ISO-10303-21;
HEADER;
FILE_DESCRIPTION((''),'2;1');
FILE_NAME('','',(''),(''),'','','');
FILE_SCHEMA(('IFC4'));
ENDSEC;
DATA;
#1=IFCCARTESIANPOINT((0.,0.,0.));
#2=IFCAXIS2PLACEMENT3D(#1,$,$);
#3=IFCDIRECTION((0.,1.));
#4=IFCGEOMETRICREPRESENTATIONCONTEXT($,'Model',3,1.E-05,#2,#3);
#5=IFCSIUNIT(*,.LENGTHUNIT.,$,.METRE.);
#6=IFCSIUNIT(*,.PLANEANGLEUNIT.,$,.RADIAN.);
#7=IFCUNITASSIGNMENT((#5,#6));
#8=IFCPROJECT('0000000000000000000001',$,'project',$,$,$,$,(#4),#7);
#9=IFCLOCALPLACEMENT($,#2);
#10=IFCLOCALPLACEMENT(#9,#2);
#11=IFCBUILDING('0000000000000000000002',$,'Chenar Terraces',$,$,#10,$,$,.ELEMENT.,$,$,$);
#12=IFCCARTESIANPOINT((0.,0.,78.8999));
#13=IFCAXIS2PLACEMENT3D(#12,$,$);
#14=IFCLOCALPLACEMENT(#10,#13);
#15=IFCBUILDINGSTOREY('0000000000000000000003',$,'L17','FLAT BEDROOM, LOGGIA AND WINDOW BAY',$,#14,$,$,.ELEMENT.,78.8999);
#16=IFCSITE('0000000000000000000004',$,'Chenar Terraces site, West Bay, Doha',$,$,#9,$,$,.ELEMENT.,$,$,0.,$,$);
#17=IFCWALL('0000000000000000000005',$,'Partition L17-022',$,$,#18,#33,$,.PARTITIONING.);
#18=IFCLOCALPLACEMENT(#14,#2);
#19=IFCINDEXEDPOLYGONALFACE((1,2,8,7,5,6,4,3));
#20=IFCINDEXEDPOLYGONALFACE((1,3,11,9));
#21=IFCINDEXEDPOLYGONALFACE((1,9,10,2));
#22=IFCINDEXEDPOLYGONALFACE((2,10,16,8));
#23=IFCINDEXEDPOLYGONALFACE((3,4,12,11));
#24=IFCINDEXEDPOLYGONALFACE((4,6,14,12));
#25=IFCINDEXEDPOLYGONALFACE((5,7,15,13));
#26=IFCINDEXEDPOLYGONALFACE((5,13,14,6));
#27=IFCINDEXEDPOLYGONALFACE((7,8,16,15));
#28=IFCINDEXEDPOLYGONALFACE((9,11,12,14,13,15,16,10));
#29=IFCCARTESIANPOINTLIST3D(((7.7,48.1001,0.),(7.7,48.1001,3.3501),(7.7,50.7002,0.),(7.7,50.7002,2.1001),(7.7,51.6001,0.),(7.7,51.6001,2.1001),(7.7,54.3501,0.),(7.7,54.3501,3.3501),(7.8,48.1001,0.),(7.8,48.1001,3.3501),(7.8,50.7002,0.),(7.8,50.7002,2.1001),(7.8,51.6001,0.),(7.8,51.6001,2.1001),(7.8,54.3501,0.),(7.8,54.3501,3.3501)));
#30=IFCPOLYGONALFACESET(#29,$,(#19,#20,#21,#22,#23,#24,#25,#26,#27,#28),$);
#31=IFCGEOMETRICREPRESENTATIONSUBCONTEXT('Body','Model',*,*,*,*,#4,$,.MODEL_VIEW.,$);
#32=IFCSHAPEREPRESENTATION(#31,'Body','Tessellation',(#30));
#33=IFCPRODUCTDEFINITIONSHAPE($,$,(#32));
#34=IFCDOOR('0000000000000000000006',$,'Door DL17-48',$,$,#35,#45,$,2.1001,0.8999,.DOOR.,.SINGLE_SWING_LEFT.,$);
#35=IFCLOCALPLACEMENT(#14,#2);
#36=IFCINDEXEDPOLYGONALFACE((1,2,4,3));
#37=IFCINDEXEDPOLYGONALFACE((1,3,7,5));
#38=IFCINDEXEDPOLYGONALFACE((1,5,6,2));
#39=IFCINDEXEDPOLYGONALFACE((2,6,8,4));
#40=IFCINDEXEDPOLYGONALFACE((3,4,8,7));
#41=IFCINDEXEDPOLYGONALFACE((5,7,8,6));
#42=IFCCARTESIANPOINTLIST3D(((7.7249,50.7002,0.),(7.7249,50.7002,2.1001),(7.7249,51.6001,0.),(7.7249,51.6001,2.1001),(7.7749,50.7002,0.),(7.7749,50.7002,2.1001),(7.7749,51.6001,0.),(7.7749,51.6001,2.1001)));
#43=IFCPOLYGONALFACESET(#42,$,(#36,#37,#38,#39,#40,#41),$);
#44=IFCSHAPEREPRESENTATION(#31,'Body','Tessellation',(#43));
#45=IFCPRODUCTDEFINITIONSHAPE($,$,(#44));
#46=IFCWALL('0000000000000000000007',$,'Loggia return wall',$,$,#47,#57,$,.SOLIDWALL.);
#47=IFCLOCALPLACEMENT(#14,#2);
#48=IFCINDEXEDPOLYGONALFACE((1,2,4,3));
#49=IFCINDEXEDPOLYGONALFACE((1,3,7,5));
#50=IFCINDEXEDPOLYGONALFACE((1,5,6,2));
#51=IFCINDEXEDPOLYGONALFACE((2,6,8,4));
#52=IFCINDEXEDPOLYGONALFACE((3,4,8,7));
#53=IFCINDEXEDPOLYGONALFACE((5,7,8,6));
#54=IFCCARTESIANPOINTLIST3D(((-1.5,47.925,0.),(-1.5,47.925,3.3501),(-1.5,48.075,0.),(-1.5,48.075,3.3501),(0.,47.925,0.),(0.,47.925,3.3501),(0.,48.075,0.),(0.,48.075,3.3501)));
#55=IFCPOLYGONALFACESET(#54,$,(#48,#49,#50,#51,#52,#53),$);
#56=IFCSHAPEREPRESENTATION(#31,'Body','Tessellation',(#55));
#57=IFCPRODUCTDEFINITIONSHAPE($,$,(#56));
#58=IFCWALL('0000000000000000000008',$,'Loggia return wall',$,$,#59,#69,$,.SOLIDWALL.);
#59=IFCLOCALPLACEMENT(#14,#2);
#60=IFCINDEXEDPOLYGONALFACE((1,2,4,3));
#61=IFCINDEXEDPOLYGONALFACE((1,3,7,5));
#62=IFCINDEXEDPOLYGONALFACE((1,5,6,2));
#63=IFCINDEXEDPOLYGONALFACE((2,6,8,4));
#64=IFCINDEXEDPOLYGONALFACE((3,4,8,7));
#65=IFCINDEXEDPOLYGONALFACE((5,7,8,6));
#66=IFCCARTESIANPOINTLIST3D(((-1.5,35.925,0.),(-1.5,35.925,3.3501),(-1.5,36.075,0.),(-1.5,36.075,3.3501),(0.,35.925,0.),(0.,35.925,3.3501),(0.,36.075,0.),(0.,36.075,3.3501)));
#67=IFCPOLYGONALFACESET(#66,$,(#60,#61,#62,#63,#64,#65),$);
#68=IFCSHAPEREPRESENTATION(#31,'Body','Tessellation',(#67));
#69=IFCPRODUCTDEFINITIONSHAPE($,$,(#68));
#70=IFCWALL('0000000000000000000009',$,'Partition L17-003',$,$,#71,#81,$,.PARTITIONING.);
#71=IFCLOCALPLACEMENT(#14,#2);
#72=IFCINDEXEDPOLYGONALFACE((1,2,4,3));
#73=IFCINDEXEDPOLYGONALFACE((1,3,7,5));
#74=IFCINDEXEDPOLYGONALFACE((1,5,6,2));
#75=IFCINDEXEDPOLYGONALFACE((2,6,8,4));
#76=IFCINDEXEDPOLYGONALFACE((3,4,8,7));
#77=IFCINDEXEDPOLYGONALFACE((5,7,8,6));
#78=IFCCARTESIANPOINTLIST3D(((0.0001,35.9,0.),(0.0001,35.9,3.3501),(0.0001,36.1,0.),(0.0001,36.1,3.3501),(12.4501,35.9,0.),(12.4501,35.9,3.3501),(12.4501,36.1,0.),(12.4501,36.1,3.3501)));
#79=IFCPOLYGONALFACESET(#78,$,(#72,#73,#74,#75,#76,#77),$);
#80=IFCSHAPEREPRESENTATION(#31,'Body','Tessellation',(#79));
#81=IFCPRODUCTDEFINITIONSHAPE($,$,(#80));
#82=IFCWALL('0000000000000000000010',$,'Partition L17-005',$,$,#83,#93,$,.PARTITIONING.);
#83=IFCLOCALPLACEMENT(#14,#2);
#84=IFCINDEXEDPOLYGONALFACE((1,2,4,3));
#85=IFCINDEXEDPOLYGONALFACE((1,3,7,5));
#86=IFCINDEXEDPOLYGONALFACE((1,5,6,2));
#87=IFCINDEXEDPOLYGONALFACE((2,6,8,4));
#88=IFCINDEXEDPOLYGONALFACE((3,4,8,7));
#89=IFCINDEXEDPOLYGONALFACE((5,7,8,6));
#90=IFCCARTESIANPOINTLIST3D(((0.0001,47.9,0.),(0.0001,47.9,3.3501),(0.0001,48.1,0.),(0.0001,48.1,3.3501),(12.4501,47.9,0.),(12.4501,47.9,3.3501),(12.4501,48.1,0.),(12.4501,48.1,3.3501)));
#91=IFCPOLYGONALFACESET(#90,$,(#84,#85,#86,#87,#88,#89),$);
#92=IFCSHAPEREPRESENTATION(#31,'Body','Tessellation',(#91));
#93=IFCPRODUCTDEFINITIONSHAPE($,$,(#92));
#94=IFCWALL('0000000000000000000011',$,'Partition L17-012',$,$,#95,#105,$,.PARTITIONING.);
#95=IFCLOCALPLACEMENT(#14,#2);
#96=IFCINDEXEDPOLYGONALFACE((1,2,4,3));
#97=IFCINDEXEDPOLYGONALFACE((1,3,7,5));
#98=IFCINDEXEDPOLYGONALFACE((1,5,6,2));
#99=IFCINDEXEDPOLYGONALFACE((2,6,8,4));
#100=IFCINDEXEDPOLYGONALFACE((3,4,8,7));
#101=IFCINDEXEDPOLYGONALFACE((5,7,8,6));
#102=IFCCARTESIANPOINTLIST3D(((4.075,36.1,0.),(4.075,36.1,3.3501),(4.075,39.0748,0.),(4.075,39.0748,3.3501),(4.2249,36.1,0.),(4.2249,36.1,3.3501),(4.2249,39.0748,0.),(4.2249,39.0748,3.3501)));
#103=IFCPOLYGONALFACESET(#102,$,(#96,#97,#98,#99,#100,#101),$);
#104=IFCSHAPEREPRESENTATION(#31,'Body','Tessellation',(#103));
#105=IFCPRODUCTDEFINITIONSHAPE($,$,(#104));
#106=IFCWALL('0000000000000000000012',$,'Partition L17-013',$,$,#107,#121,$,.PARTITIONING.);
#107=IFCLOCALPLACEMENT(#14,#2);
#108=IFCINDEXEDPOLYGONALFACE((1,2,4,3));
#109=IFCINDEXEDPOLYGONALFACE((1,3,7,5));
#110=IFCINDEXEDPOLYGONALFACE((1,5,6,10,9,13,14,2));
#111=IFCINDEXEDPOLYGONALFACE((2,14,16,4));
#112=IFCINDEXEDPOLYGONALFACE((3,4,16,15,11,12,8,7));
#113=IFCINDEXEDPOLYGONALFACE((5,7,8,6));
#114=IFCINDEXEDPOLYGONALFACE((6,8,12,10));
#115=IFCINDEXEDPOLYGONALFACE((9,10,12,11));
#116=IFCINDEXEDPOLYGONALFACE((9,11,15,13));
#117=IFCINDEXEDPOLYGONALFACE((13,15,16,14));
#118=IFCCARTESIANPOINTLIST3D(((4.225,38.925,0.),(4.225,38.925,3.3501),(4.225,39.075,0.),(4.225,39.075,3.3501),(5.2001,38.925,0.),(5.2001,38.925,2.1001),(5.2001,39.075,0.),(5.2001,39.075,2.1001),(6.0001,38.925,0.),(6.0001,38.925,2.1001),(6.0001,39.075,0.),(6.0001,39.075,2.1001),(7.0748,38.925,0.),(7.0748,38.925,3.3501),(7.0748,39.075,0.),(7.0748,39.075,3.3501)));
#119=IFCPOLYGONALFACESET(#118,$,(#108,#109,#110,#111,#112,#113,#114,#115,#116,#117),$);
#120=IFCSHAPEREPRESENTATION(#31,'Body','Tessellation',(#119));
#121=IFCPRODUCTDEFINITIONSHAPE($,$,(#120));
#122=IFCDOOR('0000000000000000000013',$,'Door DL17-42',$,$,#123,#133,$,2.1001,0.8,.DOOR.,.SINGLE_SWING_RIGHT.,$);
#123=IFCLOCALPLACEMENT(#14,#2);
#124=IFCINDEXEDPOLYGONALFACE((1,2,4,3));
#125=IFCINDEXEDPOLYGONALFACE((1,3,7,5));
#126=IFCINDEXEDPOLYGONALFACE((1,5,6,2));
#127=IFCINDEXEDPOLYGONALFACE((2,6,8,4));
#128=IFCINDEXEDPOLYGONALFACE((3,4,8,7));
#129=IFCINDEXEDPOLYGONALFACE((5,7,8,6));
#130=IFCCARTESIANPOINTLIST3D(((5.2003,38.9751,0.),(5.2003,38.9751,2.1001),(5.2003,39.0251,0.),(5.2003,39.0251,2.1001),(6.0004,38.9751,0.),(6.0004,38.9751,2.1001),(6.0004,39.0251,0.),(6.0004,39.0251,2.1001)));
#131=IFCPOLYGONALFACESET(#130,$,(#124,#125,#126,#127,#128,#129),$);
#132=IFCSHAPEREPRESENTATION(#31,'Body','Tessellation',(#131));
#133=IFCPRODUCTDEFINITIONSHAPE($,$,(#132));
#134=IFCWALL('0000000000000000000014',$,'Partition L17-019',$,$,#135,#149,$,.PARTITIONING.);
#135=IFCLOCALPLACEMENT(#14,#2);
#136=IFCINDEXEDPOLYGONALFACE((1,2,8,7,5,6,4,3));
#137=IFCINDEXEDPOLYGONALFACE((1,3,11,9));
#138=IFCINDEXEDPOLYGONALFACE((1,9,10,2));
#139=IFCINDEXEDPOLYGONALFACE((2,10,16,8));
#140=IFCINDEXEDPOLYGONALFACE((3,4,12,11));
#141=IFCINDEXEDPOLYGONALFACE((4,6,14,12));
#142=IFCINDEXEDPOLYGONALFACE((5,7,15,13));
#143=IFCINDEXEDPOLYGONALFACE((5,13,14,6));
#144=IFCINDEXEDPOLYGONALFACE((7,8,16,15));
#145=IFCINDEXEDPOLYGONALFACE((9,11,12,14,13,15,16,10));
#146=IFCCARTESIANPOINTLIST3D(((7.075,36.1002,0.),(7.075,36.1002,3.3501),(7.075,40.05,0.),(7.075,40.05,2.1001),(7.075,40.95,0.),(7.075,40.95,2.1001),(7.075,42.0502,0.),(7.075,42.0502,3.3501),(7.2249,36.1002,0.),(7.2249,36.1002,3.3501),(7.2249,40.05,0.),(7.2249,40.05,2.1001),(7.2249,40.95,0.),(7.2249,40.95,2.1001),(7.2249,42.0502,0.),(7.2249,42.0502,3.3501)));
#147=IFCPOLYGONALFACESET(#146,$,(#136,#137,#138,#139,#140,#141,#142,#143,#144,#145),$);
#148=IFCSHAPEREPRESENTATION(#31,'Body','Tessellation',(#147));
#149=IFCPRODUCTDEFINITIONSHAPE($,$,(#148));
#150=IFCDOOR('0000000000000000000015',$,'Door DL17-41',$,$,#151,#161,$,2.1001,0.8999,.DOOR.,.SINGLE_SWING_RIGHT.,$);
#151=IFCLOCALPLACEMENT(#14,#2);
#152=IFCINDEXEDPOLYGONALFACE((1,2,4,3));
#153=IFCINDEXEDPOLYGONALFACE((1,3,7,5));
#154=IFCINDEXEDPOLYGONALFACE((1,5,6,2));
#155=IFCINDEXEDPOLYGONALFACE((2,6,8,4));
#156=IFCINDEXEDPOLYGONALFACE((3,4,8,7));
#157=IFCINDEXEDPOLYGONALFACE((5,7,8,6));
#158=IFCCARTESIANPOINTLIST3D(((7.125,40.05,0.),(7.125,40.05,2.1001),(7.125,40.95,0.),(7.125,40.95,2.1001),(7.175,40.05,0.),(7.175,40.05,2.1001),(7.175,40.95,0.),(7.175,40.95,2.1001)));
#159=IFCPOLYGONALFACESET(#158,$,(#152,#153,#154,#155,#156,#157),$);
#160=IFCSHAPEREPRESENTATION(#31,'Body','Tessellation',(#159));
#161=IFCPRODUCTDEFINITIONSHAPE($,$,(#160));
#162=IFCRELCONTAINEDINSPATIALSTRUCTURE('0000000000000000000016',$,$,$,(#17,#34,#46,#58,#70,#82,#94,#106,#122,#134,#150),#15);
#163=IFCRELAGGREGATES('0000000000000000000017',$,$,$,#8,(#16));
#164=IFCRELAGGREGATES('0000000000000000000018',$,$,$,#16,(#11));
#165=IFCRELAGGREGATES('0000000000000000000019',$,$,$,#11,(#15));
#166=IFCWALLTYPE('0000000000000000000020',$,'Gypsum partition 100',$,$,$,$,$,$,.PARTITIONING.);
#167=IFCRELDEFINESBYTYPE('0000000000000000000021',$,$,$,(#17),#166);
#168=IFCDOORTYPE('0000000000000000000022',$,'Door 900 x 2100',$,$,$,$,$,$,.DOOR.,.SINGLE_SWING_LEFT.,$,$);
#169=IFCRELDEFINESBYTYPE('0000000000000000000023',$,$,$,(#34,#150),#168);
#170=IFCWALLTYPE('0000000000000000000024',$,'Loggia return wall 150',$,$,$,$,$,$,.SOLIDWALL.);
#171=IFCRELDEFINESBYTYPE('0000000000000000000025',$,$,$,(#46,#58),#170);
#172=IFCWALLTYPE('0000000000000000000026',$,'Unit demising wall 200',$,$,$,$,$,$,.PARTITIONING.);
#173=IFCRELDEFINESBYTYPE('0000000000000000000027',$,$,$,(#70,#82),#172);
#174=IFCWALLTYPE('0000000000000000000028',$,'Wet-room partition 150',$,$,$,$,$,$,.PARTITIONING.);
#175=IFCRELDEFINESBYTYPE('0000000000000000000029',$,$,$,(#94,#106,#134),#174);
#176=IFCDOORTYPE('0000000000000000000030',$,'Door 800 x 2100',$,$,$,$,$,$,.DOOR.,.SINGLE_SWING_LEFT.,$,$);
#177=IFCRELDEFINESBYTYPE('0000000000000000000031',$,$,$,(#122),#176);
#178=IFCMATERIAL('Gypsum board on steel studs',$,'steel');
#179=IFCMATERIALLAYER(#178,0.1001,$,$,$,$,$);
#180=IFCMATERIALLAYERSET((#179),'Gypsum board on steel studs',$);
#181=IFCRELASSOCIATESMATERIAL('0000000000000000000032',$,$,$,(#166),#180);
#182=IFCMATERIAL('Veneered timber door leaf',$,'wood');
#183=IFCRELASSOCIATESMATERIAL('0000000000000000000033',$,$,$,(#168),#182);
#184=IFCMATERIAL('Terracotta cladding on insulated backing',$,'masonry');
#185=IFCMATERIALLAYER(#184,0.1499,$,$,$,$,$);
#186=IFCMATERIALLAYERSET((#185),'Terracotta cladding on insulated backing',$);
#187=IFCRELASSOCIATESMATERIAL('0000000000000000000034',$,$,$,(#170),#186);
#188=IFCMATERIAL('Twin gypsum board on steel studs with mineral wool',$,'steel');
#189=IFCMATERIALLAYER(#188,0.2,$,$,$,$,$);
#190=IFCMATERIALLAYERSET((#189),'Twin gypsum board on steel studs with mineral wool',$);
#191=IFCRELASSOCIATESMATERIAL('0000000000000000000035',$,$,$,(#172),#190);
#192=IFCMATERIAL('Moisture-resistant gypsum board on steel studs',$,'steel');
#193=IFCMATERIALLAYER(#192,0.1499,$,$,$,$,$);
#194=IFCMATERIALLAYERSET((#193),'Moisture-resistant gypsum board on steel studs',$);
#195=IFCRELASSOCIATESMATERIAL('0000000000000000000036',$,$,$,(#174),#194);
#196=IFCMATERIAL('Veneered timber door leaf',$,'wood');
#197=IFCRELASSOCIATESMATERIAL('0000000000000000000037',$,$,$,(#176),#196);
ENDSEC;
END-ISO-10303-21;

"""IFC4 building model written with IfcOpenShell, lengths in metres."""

from ifc_helpers import new_model, si_unit, direction, frame, frame_2d, origin, place, context, subcontext, project, spatial, rectangle, extrude, material, layer, layer_set, type_object, element, fill, save


model = new_model("IFC4")

# Units and contexts
model_context = context("Model", 3, precision=1e-05, world=origin(), true_north=direction((0.0, 1.0)))
body_context = subcontext(model_context, "Body", "Model", "MODEL_VIEW")
ifc_project = project(units=[si_unit("LENGTHUNIT", "METRE"), si_unit("PLANEANGLEUNIT", "RADIAN")], contexts=[model_context])

# Site, building, storey
site_placement = place(None, origin())
site = spatial("IfcSite", under=ifc_project, at=site_placement, Name="Chenar Terraces site, West Bay, Doha", CompositionType="ELEMENT", RefElevation=0.0)
building_placement = place(site_placement, origin())
building = spatial("IfcBuilding", under=site, at=building_placement, Name="Chenar Terraces", CompositionType="ELEMENT")
storey_placement = place(building_placement, frame((0.0, 0.0, 78.8999)))
storey = spatial("IfcBuildingStorey", under=building, at=storey_placement, Name="L17", Description="FLAT BEDROOM, LOGGIA AND WINDOW BAY", CompositionType="ELEMENT", Elevation=78.8999)

# Shared definitions
placement = place(storey_placement, frame((0.0, 36.0, 0.0), z_axis=(0.0, 0.0, 1.0), x_axis=(1.0, 0.0, 0.0)))

# Shared definitions
ifc_material_1 = material(Name="Gypsum board on steel studs", Category="steel")
ifc_layer_1 = layer(ifc_material_1, 0.1001)
ifc_layer_set_1 = layer_set([ifc_layer_1], Name="Gypsum board on steel studs")
wall_type_1 = type_object("IfcWallType", Name="Gypsum partition 100", PredefinedType="PARTITIONING", material=ifc_layer_set_1)

# Shared definitions
ifc_material_2 = material(Name="Veneered timber door leaf", Category="wood")
door_type_1 = type_object("IfcDoorType", Name="Door 900 x 2100", OperationType="SINGLE_SWING_LEFT", PredefinedType="DOOR", material=ifc_material_2)

# Wall, opening, door
wall_1_placement = place(storey_placement, frame((7.75, 48.1001, 0.0), z_axis=(0.0, 0.0, 1.0), x_axis=(0.0, 1.0, 0.0)))
wall_1 = element("IfcWall", 1, at=wall_1_placement, inside=storey, type_object=wall_type_1, Name="Partition L17-022", PredefinedType="PARTITIONING", context=body_context, shape_type="SweptSolid", body=[
    extrude(rectangle(XDim=6.25, YDim=0.1001, at=frame_2d((3.125, 0.0))), origin(), (0.0, 0.0, 1.0), 3.3501),
])
opening_1_placement = place(wall_1_placement, frame((2.6001, 0.0, 0.0)))
opening_1 = element("IfcOpeningElement", 2, at=opening_1_placement, cuts=wall_1, PredefinedType="OPENING", context=body_context, shape_type="SweptSolid", body=[
    extrude(rectangle(XDim=0.8999, YDim=2.1001, at=frame_2d((0.45, 1.05))), frame((0.0, 0.0601, 0.0), z_axis=(0.0, -1.0, 0.0), x_axis=(1.0, 0.0, 0.0)), (0.0, 0.0, 1.0), 0.1201),
])
door_1_placement = place(opening_1_placement, frame((0.8999, 0.0, 0.0), z_axis=(0.0, 0.0, 1.0), x_axis=(-1.0, 0.0, 0.0)))
door_1 = element("IfcDoor", 3, at=door_1_placement, inside=storey, type_object=door_type_1, Name="Door DL17-48", OperationType="SINGLE_SWING_LEFT", OverallHeight=2.1001, OverallWidth=0.8999, PredefinedType="DOOR", context=body_context, shape_type="SweptSolid", body=[
    extrude(rectangle(XDim=0.8999, YDim=2.1001, at=frame_2d((0.45, 1.05))), frame((0.0, 0.0249, 0.0), z_axis=(0.0, -1.0, 0.0), x_axis=(1.0, 0.0, 0.0)), (0.0, 0.0, 1.0), 0.05),
])
fill(opening_1, door_1)

# Walls
ifc_material_3 = material(Name="Terracotta cladding on insulated backing", Category="masonry")
ifc_layer_2 = layer(ifc_material_3, 0.1499)
ifc_layer_set_2 = layer_set([ifc_layer_2], Name="Terracotta cladding on insulated backing")
wall_type_2 = type_object("IfcWallType", Name="Loggia return wall 150", PredefinedType="SOLIDWALL", material=ifc_layer_set_2)
for number, where, z_axis, x_axis, name in (
    (4, (-1.5, 48.0, 0.0), (0.0, 0.0, 1.0), (1.0, 0.0, 0.0), "Loggia return wall"),
    (5, (-1.5, 36.0, 0.0), (0.0, 0.0, 1.0), (1.0, 0.0, 0.0), "Loggia return wall"),
):
    element("IfcWall", number, at=place(storey_placement, frame(where, z_axis=z_axis, x_axis=x_axis)), inside=storey, type_object=wall_type_2, Name=name, PredefinedType="SOLIDWALL", context=body_context, shape_type="SweptSolid", body=[
        extrude(rectangle(XDim=1.5, YDim=0.1499, at=frame_2d((0.75, 0.0))), origin(), (0.0, 0.0, 1.0), 3.3501),
    ])
ifc_material_4 = material(Name="Twin gypsum board on steel studs with mineral wool", Category="steel")
ifc_layer_3 = layer(ifc_material_4, 0.2)
ifc_layer_set_3 = layer_set([ifc_layer_3], Name="Twin gypsum board on steel studs with mineral wool")
wall_type_3 = type_object("IfcWallType", Name="Unit demising wall 200", PredefinedType="PARTITIONING", material=ifc_layer_set_3)
element("IfcWall", 6, at=placement, inside=storey, type_object=wall_type_3, Name="Partition L17-003", PredefinedType="PARTITIONING", context=body_context, shape_type="SweptSolid", body=[
    extrude(rectangle(XDim=12.45, YDim=0.2, at=frame_2d((6.2251, 0.0))), origin(), (0.0, 0.0, 1.0), 3.3501),
])
wall_2_placement = place(storey_placement, frame((0.0, 48.0, 0.0), z_axis=(0.0, 0.0, 1.0), x_axis=(1.0, 0.0, 0.0)))
element("IfcWall", 7, at=wall_2_placement, inside=storey, type_object=wall_type_3, Name="Partition L17-005", PredefinedType="PARTITIONING", context=body_context, shape_type="SweptSolid", body=[
    extrude(rectangle(XDim=12.45, YDim=0.2, at=frame_2d((6.2251, 0.0))), origin(), (0.0, 0.0, 1.0), 3.3501),
])
ifc_material_5 = material(Name="Moisture-resistant gypsum board on steel studs", Category="steel")
ifc_layer_4 = layer(ifc_material_5, 0.1499)
ifc_layer_set_4 = layer_set([ifc_layer_4], Name="Moisture-resistant gypsum board on steel studs")
wall_type_4 = type_object("IfcWallType", Name="Wet-room partition 150", PredefinedType="PARTITIONING", material=ifc_layer_set_4)
wall_3_placement = place(storey_placement, frame((4.1499, 36.1001, 0.0), z_axis=(0.0, 0.0, 1.0), x_axis=(0.0, 1.0, 0.0)))
element("IfcWall", 8, at=wall_3_placement, inside=storey, type_object=wall_type_4, Name="Partition L17-012", PredefinedType="PARTITIONING", context=body_context, shape_type="SweptSolid", body=[
    extrude(rectangle(XDim=2.9749, YDim=0.1499, at=frame_2d((1.4873, 0.0))), origin(), (0.0, 0.0, 1.0), 3.3501),
])

# Walls, openings, doors
wall_4_placement = place(storey_placement, frame((4.2251, 39.0, 0.0), z_axis=(0.0, 0.0, 1.0), x_axis=(1.0, 0.0, 0.0)))
wall_4 = element("IfcWall", 9, at=wall_4_placement, inside=storey, type_object=wall_type_4, Name="Partition L17-013", PredefinedType="PARTITIONING", context=body_context, shape_type="SweptSolid", body=[
    extrude(rectangle(XDim=2.8499, YDim=0.1499, at=frame_2d((1.4248, 0.0))), origin(), (0.0, 0.0, 1.0), 3.3501),
])
opening_2_placement = place(wall_4_placement, frame((0.9751, 0.0, 0.0)))
opening_2 = element("IfcOpeningElement", 10, at=opening_2_placement, cuts=wall_4, PredefinedType="OPENING", context=body_context, shape_type="SweptSolid", body=[
    extrude(rectangle(XDim=0.8, YDim=2.1001, at=frame_2d((0.3999, 1.05))), frame((0.0, 0.085, 0.0), z_axis=(0.0, -1.0, 0.0), x_axis=(1.0, 0.0, 0.0)), (0.0, 0.0, 1.0), 0.1699),
])
ifc_material_6 = material(Name="Veneered timber door leaf", Category="wood")
door_type_2 = type_object("IfcDoorType", Name="Door 800 x 2100", OperationType="SINGLE_SWING_LEFT", PredefinedType="DOOR", material=ifc_material_6)
door_2_placement = place(opening_2_placement, frame((0.8, 0.0, 0.0), z_axis=(0.0, 0.0, 1.0), x_axis=(-1.0, 0.0, 0.0)))
door_2 = element("IfcDoor", 11, at=door_2_placement, inside=storey, type_object=door_type_2, Name="Door DL17-42", OperationType="SINGLE_SWING_RIGHT", OverallHeight=2.1001, OverallWidth=0.8, PredefinedType="DOOR", context=body_context, shape_type="SweptSolid", body=[
    extrude(rectangle(XDim=0.8, YDim=2.1001, at=frame_2d((0.3999, 1.05))), frame((0.0, 0.0249, 0.0), z_axis=(0.0, -1.0, 0.0), x_axis=(1.0, 0.0, 0.0)), (0.0, 0.0, 1.0), 0.05),
])
fill(opening_2, door_2)
wall_5_placement = place(storey_placement, frame((7.1499, 36.1001, 0.0), z_axis=(0.0, 0.0, 1.0), x_axis=(0.0, 1.0, 0.0)))
wall_5 = element("IfcWall", 12, at=wall_5_placement, inside=storey, type_object=wall_type_4, Name="Partition L17-019", PredefinedType="PARTITIONING", context=body_context, shape_type="SweptSolid", body=[
    extrude(rectangle(XDim=5.95, YDim=0.1499, at=frame_2d((2.9751, 0.0))), origin(), (0.0, 0.0, 1.0), 3.3501),
])
opening_3_placement = place(wall_5_placement, frame((3.95, 0.0, 0.0)))
opening_3 = element("IfcOpeningElement", 13, at=opening_3_placement, cuts=wall_5, PredefinedType="OPENING", context=body_context, shape_type="SweptSolid", body=[
    extrude(rectangle(XDim=0.8999, YDim=2.1001, at=frame_2d((0.45, 1.05))), frame((0.0, 0.085, 0.0), z_axis=(0.0, -1.0, 0.0), x_axis=(1.0, 0.0, 0.0)), (0.0, 0.0, 1.0), 0.1699),
])
door_3_placement = place(opening_3_placement, origin())
door_3 = element("IfcDoor", 14, at=door_3_placement, inside=storey, type_object=door_type_1, Name="Door DL17-41", OperationType="SINGLE_SWING_RIGHT", OverallHeight=2.1001, OverallWidth=0.8999, PredefinedType="DOOR", context=body_context, shape_type="SweptSolid", body=[
    extrude(rectangle(XDim=0.8999, YDim=2.1001, at=frame_2d((0.45, 1.05))), frame((0.0, 0.0249, 0.0), z_axis=(0.0, -1.0, 0.0), x_axis=(1.0, 0.0, 0.0)), (0.0, 0.0, 1.0), 0.05),
])
fill(opening_3, door_3)

save(model, "model.ifc")
